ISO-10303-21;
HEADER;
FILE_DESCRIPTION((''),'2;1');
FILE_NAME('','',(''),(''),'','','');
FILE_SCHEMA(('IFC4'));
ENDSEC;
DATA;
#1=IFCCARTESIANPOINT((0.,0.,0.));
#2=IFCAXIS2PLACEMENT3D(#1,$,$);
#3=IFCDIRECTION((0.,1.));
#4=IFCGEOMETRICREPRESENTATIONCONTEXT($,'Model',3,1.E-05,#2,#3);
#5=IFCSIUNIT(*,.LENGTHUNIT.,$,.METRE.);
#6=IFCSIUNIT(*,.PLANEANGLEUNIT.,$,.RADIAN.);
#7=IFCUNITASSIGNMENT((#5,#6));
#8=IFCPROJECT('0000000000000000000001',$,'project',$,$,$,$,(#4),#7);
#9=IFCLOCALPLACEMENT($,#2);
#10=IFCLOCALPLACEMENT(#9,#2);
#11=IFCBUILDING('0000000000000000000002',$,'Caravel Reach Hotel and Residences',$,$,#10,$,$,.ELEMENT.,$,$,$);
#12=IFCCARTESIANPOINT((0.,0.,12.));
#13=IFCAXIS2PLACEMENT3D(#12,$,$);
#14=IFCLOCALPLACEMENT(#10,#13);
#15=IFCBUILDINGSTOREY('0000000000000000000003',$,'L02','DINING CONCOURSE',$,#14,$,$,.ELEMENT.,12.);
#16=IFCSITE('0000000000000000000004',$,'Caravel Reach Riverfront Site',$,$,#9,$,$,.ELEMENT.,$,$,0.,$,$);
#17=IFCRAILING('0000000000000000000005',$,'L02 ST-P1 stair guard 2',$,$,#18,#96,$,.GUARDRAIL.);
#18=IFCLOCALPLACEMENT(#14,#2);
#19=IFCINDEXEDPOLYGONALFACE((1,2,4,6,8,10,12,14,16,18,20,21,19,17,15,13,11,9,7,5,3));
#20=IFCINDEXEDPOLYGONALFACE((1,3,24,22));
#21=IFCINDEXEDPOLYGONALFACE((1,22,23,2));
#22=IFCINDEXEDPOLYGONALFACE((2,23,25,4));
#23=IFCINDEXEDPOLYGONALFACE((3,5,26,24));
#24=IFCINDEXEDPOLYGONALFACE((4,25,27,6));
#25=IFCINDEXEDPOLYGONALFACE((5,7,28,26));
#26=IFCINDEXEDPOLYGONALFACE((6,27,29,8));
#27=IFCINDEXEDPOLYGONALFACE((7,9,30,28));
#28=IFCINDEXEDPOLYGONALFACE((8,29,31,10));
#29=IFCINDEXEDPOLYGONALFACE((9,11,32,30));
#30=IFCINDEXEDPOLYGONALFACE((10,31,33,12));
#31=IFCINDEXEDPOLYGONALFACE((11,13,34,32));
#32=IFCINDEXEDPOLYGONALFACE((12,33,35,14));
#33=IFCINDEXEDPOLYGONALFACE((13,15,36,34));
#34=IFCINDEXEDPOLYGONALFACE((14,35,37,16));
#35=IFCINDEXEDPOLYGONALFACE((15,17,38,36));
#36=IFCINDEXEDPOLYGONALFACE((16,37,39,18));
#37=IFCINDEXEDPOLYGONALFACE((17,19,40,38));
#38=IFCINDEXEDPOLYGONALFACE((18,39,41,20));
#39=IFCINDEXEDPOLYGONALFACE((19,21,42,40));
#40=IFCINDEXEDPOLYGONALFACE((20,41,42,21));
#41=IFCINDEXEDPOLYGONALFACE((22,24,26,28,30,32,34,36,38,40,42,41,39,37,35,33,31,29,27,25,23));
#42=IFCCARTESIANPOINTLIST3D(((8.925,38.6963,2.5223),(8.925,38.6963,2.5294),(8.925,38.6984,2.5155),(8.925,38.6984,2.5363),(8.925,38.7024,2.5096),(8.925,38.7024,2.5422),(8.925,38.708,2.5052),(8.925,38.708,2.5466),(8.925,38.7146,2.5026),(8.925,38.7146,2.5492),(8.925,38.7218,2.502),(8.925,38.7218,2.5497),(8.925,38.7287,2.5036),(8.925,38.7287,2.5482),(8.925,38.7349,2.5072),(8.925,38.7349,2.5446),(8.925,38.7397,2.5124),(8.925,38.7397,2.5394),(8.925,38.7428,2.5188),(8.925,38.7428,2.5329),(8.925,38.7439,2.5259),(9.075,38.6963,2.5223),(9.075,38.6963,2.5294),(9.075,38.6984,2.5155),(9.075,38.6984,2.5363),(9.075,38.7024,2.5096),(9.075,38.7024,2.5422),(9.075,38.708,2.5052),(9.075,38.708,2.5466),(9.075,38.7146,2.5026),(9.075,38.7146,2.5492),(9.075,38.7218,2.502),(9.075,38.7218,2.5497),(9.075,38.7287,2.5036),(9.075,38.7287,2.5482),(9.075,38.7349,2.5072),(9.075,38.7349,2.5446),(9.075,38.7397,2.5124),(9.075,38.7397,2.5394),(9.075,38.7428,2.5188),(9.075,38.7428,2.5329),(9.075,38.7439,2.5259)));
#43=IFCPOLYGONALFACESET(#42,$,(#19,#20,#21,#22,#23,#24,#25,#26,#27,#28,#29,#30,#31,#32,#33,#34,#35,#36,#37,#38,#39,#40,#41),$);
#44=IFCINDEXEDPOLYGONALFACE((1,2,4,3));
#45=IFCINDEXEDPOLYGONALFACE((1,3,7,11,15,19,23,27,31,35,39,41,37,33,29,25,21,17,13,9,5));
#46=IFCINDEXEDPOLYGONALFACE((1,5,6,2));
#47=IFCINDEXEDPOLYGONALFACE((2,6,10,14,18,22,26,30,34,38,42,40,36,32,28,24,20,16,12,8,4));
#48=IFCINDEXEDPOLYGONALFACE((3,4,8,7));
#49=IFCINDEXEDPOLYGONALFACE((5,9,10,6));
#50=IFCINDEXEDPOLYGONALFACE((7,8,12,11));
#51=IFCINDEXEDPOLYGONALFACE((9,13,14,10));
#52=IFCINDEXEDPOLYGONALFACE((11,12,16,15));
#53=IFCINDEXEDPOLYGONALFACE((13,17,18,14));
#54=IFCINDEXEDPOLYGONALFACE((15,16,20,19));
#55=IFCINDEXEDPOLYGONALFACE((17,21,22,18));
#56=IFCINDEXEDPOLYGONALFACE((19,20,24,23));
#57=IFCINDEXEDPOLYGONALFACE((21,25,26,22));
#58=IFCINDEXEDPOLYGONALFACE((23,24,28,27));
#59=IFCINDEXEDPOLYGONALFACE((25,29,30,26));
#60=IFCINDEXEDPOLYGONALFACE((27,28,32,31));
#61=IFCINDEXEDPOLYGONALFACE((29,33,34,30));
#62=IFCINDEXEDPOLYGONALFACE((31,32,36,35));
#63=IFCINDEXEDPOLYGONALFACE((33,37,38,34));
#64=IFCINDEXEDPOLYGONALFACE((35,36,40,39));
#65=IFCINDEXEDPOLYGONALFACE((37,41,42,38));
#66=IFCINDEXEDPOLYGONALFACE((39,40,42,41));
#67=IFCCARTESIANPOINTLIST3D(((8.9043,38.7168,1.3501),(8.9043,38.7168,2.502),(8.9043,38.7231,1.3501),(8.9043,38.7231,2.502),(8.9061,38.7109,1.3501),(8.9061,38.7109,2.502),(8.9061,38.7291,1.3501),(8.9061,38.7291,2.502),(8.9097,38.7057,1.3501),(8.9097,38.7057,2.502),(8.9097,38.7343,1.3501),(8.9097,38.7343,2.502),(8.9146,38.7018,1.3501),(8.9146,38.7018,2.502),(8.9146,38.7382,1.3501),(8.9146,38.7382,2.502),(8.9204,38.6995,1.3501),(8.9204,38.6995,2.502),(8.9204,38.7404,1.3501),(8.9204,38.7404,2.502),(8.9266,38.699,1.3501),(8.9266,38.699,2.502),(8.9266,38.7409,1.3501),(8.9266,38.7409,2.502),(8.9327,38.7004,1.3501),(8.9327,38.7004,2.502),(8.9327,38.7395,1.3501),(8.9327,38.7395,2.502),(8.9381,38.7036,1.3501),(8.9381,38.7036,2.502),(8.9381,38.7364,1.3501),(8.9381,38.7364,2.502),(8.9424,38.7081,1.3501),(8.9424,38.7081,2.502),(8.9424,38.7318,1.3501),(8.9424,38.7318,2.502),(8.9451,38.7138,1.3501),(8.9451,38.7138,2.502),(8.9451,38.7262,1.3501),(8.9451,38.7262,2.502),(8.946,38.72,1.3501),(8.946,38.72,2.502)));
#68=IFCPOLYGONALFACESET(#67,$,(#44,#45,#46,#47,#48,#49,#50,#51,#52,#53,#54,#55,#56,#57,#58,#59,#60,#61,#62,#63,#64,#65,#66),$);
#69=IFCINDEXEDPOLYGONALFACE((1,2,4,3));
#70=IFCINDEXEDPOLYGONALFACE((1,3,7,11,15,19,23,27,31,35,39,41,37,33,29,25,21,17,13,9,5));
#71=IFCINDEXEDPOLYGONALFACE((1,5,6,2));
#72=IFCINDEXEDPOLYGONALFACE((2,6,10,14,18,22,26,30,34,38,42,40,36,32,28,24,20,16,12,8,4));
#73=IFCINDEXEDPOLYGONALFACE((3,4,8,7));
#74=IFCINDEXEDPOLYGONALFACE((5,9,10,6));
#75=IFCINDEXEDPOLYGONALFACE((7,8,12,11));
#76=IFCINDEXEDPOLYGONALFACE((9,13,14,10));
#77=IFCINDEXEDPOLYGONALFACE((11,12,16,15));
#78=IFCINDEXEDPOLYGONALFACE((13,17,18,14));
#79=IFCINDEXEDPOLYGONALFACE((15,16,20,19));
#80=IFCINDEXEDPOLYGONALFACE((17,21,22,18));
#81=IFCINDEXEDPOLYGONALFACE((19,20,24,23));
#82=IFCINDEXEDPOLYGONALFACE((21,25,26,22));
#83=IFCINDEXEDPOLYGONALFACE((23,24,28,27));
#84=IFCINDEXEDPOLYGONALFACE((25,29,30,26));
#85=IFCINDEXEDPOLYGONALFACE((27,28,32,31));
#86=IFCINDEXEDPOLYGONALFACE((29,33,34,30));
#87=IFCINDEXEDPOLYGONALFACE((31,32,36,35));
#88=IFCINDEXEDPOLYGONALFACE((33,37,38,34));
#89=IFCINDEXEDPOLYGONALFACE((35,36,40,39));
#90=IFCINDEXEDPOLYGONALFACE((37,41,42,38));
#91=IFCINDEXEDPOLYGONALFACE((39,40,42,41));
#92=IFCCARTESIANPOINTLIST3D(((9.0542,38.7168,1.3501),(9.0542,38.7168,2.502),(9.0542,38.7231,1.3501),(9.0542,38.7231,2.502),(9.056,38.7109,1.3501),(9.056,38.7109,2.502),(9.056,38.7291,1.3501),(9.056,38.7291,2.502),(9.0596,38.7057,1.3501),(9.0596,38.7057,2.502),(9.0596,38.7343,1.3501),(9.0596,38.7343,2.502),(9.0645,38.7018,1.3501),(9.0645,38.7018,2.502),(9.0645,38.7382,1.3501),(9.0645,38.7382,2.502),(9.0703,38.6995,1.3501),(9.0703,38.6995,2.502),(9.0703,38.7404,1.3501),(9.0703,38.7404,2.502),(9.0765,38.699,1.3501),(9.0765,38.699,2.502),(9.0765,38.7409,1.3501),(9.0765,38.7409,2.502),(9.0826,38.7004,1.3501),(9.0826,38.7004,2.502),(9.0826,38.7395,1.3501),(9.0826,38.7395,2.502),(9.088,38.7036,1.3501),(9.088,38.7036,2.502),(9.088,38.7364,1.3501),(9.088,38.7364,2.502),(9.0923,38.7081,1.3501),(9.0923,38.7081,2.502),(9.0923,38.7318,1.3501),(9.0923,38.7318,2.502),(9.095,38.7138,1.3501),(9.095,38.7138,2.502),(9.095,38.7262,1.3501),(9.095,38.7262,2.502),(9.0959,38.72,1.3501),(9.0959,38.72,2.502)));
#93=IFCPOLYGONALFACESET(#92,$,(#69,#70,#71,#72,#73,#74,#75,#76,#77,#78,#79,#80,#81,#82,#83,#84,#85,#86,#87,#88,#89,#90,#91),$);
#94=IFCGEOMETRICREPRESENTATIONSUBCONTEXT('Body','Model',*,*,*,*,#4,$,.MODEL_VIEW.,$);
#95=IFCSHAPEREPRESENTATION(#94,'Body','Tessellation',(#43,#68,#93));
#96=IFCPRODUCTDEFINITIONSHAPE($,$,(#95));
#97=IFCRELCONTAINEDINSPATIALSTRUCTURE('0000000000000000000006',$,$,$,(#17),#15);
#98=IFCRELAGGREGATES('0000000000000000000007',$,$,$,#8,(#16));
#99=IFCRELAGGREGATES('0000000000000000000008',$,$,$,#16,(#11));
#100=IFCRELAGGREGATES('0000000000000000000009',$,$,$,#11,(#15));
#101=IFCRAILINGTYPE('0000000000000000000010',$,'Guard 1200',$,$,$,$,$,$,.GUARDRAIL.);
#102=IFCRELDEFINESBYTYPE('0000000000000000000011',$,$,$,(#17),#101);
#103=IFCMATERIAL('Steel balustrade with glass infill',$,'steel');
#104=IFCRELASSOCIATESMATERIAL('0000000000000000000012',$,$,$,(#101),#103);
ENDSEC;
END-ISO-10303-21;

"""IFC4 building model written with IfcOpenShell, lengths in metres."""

from ifc_helpers import new_model, si_unit, direction, frame, origin, origin_2d, place, context, subcontext, project, spatial, circle, extrude, material, type_object, element, save


model = new_model("IFC4")

# Units and contexts
model_context = context("Model", 3, precision=1e-05, world=origin(), true_north=direction((0.0, 1.0)))
body_context = subcontext(model_context, "Body", "Model", "MODEL_VIEW")
ifc_project = project(units=[si_unit("LENGTHUNIT", "METRE"), si_unit("PLANEANGLEUNIT", "RADIAN")], contexts=[model_context])

# Site, building, storey
site_placement = place(None, origin())
site = spatial("IfcSite", under=ifc_project, at=site_placement, Name="Caravel Reach Riverfront Site", CompositionType="ELEMENT", RefElevation=0.0)
building_placement = place(site_placement, origin())
building = spatial("IfcBuilding", under=site, at=building_placement, Name="Caravel Reach Hotel and Residences", CompositionType="ELEMENT")
storey_placement = place(building_placement, frame((0.0, 0.0, 12.0)))
storey = spatial("IfcBuildingStorey", under=building, at=storey_placement, Name="L02", Description="DINING CONCOURSE", CompositionType="ELEMENT", Elevation=12.0)

# Railing
ifc_material_1 = material(Name="Steel balustrade with glass infill", Category="steel")
railing_type_1 = type_object("IfcRailingType", Name="Guard 1200", PredefinedType="GUARDRAIL", material=ifc_material_1)
railing_1_placement = place(storey_placement, frame((8.925, 38.72, 1.3501)))
element("IfcRailing", 1, at=railing_1_placement, inside=storey, type_object=railing_type_1, Name="L02 ST-P1 stair guard 2", PredefinedType="GUARDRAIL", context=body_context, shape_type="SweptSolid", body=[
    extrude(circle(Radius=0.0239, at=origin_2d()), frame((0.0, 0.0, 1.1758), z_axis=(1.0, 0.0, 0.0), x_axis=(0.0, 1.0, 0.0)), (0.0, 0.0, 1.0), 0.1499),
    extrude(circle(Radius=0.021, at=origin_2d()), origin(), (0.0, 0.0, 1.0), 1.1519),
    extrude(circle(Radius=0.021, at=origin_2d()), frame((0.1499, 0.0, 0.0)), (0.0, 0.0, 1.0), 1.1519),
])

save(model, "model.ifc")
